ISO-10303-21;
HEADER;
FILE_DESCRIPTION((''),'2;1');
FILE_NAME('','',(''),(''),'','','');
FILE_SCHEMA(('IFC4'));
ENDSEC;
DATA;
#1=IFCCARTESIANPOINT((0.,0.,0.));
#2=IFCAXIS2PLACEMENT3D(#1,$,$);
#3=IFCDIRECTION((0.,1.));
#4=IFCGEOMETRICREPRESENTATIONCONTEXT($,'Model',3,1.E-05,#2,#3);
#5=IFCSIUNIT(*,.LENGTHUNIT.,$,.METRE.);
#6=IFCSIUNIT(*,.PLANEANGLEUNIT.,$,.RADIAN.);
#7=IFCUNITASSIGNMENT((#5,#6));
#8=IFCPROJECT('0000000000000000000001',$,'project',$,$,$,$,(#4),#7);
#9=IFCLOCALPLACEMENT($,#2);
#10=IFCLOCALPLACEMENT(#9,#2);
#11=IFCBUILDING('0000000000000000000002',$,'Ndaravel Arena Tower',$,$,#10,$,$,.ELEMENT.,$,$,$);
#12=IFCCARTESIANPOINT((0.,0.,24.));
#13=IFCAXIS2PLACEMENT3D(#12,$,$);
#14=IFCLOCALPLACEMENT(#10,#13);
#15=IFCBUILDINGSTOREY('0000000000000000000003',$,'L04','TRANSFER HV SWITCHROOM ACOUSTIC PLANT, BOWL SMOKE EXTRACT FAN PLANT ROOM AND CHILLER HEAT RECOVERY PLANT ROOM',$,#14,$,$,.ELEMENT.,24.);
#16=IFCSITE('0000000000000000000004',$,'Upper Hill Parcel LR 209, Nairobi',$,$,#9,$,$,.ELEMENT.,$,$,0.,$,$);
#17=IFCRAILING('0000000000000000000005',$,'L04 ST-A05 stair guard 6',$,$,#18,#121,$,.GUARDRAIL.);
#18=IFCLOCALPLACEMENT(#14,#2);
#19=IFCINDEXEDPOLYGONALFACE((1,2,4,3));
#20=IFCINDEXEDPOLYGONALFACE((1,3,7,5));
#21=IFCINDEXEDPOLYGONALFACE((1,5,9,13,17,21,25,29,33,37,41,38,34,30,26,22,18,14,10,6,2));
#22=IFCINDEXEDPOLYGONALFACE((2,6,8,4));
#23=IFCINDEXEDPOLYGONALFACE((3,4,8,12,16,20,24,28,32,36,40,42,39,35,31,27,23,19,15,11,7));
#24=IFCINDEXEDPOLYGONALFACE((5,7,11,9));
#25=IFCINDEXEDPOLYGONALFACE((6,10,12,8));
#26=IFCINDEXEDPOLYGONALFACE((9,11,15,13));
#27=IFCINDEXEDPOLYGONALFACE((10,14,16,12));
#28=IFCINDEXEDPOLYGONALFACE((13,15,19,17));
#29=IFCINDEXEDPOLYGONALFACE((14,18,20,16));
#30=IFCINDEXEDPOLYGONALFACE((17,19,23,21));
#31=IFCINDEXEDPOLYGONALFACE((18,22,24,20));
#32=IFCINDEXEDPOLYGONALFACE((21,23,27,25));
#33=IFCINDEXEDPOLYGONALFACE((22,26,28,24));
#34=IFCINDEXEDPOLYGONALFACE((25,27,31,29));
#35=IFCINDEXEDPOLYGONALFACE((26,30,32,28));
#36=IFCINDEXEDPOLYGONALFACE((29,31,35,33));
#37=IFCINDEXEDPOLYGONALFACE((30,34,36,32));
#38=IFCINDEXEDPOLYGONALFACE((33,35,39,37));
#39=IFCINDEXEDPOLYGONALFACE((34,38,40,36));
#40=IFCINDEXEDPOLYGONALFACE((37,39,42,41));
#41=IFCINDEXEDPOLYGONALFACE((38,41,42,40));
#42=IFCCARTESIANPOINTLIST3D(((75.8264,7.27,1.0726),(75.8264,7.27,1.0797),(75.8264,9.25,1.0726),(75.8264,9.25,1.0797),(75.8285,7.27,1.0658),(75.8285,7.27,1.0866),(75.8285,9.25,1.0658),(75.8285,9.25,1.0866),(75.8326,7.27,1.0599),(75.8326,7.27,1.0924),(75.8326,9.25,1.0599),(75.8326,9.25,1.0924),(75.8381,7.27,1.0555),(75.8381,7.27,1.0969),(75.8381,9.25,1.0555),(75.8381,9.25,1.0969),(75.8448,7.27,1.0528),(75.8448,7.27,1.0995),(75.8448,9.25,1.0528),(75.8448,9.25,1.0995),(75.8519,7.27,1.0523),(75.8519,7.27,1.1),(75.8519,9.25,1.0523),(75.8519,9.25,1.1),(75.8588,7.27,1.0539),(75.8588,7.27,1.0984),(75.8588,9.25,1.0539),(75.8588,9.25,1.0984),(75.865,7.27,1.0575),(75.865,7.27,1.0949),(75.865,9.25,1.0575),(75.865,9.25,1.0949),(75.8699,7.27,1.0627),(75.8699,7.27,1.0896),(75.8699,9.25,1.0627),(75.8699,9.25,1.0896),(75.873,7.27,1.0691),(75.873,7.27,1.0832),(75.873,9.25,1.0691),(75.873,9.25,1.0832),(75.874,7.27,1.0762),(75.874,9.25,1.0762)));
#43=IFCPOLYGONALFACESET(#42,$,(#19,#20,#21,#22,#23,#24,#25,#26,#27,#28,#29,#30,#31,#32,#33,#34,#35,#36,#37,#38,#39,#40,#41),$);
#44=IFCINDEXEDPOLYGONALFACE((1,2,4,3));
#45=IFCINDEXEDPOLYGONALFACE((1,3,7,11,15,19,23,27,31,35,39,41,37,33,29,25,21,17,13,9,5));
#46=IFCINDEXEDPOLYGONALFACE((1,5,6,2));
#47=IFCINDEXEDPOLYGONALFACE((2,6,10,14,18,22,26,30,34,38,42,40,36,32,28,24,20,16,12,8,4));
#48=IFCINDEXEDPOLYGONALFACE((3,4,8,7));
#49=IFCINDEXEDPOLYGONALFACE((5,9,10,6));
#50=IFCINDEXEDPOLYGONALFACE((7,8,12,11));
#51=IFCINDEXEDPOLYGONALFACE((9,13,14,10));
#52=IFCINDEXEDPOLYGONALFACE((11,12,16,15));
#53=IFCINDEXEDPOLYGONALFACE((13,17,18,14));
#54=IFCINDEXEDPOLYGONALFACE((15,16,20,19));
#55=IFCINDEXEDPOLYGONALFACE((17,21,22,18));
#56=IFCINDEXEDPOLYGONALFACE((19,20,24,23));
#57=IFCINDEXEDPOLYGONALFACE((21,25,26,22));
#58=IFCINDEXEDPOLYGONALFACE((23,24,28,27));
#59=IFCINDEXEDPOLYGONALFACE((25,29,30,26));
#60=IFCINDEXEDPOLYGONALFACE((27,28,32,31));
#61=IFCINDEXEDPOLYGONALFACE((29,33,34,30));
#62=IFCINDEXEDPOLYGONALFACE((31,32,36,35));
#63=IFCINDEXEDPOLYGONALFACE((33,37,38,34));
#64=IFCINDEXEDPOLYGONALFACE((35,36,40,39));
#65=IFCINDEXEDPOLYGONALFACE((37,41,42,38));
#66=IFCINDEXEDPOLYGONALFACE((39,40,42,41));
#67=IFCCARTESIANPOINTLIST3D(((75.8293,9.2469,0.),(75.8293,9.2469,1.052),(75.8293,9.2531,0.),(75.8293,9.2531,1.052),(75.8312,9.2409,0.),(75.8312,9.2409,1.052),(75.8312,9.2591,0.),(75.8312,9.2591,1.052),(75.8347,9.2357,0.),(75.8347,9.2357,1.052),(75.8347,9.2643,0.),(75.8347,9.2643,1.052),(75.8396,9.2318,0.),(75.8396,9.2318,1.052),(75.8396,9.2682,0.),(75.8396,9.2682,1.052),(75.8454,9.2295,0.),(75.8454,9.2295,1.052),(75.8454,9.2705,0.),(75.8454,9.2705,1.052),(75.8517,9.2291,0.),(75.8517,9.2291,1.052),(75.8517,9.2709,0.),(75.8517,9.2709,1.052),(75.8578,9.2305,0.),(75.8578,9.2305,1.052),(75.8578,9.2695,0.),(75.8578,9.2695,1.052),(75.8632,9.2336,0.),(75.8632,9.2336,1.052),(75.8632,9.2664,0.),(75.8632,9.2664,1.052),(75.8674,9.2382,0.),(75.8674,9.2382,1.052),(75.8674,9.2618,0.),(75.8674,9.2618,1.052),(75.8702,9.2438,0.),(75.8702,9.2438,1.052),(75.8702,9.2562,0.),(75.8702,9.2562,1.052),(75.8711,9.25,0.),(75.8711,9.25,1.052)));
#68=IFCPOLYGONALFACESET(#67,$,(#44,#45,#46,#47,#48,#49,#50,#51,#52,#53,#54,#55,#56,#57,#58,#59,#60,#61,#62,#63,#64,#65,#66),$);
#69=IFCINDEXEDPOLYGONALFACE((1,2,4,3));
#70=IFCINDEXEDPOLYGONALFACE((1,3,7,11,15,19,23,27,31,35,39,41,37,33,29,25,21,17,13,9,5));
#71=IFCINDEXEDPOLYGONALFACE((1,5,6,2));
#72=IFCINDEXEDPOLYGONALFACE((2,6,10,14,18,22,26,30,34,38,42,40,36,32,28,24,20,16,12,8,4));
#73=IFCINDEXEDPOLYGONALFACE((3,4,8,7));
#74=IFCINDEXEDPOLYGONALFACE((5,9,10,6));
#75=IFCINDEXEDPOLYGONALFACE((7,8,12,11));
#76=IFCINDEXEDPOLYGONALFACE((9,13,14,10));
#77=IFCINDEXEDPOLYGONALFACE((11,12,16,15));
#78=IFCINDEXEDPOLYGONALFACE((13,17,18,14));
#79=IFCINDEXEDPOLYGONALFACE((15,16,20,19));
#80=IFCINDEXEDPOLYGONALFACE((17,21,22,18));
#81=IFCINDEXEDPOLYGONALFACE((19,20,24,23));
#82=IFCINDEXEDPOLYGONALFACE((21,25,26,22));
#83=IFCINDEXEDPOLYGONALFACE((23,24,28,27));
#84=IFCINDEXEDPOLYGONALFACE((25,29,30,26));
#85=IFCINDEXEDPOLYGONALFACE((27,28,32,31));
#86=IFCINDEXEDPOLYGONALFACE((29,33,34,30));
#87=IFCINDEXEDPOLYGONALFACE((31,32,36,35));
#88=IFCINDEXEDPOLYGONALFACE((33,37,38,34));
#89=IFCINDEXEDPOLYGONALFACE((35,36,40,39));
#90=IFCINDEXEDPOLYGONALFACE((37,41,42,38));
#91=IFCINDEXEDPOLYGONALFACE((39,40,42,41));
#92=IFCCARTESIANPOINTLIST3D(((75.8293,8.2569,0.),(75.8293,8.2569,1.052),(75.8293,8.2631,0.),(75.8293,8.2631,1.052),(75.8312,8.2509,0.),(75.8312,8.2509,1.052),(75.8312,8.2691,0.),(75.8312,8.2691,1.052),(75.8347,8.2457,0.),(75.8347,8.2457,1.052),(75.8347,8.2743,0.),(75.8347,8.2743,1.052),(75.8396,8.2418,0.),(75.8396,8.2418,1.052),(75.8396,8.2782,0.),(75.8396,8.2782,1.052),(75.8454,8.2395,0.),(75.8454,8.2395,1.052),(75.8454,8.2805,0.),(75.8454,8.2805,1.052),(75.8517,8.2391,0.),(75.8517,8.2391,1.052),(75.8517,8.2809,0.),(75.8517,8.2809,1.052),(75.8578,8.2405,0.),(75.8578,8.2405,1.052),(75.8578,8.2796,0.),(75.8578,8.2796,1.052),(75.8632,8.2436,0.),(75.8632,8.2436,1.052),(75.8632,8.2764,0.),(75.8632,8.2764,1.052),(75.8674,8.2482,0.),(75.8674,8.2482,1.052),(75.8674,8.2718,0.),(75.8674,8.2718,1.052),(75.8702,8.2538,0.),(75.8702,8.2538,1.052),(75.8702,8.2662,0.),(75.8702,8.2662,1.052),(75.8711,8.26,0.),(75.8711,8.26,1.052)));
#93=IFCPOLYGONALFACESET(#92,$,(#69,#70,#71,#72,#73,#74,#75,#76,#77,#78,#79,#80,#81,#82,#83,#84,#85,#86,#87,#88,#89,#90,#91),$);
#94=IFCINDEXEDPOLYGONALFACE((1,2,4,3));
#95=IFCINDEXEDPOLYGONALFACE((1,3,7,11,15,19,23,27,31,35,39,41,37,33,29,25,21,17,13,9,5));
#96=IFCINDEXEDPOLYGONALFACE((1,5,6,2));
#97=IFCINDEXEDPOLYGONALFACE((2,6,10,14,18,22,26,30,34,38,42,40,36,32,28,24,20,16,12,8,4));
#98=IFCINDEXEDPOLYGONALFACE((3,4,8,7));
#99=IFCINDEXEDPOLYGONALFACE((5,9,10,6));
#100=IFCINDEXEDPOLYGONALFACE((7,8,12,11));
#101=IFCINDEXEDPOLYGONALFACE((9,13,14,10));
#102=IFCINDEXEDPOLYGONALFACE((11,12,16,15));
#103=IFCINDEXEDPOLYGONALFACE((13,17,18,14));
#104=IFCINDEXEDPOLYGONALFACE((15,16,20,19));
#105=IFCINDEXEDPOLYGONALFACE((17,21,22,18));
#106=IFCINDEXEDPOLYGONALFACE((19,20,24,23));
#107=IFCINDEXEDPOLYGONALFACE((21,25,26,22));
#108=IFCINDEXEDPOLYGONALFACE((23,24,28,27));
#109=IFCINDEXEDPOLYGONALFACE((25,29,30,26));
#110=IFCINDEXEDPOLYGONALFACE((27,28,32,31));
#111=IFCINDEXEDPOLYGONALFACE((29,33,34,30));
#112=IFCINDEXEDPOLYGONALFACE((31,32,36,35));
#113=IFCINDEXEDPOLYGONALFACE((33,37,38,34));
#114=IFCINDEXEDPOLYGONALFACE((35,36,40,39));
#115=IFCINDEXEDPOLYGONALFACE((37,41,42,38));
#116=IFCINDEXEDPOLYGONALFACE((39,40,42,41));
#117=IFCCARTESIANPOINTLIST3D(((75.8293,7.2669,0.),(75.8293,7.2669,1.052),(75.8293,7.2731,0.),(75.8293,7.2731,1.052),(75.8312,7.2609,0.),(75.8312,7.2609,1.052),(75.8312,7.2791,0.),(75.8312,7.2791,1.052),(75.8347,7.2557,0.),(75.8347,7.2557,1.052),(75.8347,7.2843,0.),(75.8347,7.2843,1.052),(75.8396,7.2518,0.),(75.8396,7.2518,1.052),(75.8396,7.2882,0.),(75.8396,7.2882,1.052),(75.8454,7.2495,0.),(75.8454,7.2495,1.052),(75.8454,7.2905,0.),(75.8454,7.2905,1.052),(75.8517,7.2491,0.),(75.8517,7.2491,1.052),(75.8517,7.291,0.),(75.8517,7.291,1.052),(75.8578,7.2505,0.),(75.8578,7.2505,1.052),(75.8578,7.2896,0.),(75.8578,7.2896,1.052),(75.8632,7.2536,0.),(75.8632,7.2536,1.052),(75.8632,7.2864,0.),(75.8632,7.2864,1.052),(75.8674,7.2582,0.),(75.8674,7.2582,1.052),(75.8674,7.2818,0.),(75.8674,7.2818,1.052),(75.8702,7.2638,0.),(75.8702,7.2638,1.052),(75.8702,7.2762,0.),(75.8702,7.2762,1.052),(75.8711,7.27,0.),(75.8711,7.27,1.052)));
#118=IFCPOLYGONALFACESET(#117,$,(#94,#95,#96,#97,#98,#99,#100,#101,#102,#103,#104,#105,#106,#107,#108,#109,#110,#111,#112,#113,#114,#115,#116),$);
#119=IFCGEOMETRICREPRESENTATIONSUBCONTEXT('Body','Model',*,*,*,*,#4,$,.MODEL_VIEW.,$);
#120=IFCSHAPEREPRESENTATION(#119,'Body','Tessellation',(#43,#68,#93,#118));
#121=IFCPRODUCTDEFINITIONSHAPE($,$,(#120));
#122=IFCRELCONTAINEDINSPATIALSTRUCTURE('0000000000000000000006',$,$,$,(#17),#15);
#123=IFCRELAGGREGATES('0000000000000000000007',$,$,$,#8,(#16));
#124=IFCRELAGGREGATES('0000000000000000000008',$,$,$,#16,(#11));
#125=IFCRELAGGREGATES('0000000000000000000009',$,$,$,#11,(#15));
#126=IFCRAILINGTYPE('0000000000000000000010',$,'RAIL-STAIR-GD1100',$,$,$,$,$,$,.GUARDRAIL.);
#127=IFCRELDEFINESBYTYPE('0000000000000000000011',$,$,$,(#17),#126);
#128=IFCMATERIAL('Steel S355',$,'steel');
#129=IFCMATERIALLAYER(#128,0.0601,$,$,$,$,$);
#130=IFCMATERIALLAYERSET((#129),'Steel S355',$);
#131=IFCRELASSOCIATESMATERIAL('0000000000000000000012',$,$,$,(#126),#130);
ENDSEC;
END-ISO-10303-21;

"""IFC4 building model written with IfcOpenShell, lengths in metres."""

from ifc_helpers import new_model, si_unit, direction, frame, origin, origin_2d, place, context, subcontext, project, spatial, circle, extrude, material, layer, layer_set, type_object, element, save


model = new_model("IFC4")

# Units and contexts
model_context = context("Model", 3, precision=1e-05, world=origin(), true_north=direction((0.0, 1.0)))
body_context = subcontext(model_context, "Body", "Model", "MODEL_VIEW")
ifc_project = project(units=[si_unit("LENGTHUNIT", "METRE"), si_unit("PLANEANGLEUNIT", "RADIAN")], contexts=[model_context])

# Site, building, storey
site_placement = place(None, origin())
site = spatial("IfcSite", under=ifc_project, at=site_placement, Name="Upper Hill Parcel LR 209, Nairobi", CompositionType="ELEMENT", RefElevation=0.0)
building_placement = place(site_placement, origin())
building = spatial("IfcBuilding", under=site, at=building_placement, Name="Ndaravel Arena Tower", CompositionType="ELEMENT")
storey_placement = place(building_placement, frame((0.0, 0.0, 24.0)))
storey = spatial("IfcBuildingStorey", under=building, at=storey_placement, Name="L04", Description="TRANSFER HV SWITCHROOM ACOUSTIC PLANT, BOWL SMOKE EXTRACT FAN PLANT ROOM AND CHILLER HEAT RECOVERY PLANT ROOM", CompositionType="ELEMENT", Elevation=24.0)

# Railing
ifc_material_1 = material(Name="Steel S355", Category="steel")
ifc_layer_1 = layer(ifc_material_1, 0.0601)
ifc_layer_set_1 = layer_set([ifc_layer_1], Name="Steel S355")
railing_type = type_object("IfcRailingType", Name="RAIL-STAIR-GD1100", PredefinedType="GUARDRAIL", material=ifc_layer_set_1)
for number, where, name in (
    (1, (75.8501, 9.25, 0.0), "L04 ST-A05 stair guard 6"),
):
    element("IfcRailing", number, at=place(storey_placement, frame(where)), inside=storey, type_object=railing_type, Name=name, PredefinedType="GUARDRAIL", context=body_context, shape_type="SweptSolid", body=[
        extrude(circle(Radius=0.0239, at=origin_2d()), frame((0.0, 0.0, 1.0762), z_axis=(0.0, -1.0, 0.0), x_axis=(1.0, 0.0, 0.0)), (0.0, 0.0, 1.0), 1.98),
        extrude(circle(Radius=0.021, at=origin_2d()), origin(), (0.0, 0.0, 1.0), 1.052),
        extrude(circle(Radius=0.021, at=origin_2d()), frame((0.0, -0.99, 0.0)), (0.0, 0.0, 1.0), 1.052),
        extrude(circle(Radius=0.021, at=origin_2d()), frame((0.0, -1.98, 0.0)), (0.0, 0.0, 1.0), 1.052),
    ])

save(model, "model.ifc")
